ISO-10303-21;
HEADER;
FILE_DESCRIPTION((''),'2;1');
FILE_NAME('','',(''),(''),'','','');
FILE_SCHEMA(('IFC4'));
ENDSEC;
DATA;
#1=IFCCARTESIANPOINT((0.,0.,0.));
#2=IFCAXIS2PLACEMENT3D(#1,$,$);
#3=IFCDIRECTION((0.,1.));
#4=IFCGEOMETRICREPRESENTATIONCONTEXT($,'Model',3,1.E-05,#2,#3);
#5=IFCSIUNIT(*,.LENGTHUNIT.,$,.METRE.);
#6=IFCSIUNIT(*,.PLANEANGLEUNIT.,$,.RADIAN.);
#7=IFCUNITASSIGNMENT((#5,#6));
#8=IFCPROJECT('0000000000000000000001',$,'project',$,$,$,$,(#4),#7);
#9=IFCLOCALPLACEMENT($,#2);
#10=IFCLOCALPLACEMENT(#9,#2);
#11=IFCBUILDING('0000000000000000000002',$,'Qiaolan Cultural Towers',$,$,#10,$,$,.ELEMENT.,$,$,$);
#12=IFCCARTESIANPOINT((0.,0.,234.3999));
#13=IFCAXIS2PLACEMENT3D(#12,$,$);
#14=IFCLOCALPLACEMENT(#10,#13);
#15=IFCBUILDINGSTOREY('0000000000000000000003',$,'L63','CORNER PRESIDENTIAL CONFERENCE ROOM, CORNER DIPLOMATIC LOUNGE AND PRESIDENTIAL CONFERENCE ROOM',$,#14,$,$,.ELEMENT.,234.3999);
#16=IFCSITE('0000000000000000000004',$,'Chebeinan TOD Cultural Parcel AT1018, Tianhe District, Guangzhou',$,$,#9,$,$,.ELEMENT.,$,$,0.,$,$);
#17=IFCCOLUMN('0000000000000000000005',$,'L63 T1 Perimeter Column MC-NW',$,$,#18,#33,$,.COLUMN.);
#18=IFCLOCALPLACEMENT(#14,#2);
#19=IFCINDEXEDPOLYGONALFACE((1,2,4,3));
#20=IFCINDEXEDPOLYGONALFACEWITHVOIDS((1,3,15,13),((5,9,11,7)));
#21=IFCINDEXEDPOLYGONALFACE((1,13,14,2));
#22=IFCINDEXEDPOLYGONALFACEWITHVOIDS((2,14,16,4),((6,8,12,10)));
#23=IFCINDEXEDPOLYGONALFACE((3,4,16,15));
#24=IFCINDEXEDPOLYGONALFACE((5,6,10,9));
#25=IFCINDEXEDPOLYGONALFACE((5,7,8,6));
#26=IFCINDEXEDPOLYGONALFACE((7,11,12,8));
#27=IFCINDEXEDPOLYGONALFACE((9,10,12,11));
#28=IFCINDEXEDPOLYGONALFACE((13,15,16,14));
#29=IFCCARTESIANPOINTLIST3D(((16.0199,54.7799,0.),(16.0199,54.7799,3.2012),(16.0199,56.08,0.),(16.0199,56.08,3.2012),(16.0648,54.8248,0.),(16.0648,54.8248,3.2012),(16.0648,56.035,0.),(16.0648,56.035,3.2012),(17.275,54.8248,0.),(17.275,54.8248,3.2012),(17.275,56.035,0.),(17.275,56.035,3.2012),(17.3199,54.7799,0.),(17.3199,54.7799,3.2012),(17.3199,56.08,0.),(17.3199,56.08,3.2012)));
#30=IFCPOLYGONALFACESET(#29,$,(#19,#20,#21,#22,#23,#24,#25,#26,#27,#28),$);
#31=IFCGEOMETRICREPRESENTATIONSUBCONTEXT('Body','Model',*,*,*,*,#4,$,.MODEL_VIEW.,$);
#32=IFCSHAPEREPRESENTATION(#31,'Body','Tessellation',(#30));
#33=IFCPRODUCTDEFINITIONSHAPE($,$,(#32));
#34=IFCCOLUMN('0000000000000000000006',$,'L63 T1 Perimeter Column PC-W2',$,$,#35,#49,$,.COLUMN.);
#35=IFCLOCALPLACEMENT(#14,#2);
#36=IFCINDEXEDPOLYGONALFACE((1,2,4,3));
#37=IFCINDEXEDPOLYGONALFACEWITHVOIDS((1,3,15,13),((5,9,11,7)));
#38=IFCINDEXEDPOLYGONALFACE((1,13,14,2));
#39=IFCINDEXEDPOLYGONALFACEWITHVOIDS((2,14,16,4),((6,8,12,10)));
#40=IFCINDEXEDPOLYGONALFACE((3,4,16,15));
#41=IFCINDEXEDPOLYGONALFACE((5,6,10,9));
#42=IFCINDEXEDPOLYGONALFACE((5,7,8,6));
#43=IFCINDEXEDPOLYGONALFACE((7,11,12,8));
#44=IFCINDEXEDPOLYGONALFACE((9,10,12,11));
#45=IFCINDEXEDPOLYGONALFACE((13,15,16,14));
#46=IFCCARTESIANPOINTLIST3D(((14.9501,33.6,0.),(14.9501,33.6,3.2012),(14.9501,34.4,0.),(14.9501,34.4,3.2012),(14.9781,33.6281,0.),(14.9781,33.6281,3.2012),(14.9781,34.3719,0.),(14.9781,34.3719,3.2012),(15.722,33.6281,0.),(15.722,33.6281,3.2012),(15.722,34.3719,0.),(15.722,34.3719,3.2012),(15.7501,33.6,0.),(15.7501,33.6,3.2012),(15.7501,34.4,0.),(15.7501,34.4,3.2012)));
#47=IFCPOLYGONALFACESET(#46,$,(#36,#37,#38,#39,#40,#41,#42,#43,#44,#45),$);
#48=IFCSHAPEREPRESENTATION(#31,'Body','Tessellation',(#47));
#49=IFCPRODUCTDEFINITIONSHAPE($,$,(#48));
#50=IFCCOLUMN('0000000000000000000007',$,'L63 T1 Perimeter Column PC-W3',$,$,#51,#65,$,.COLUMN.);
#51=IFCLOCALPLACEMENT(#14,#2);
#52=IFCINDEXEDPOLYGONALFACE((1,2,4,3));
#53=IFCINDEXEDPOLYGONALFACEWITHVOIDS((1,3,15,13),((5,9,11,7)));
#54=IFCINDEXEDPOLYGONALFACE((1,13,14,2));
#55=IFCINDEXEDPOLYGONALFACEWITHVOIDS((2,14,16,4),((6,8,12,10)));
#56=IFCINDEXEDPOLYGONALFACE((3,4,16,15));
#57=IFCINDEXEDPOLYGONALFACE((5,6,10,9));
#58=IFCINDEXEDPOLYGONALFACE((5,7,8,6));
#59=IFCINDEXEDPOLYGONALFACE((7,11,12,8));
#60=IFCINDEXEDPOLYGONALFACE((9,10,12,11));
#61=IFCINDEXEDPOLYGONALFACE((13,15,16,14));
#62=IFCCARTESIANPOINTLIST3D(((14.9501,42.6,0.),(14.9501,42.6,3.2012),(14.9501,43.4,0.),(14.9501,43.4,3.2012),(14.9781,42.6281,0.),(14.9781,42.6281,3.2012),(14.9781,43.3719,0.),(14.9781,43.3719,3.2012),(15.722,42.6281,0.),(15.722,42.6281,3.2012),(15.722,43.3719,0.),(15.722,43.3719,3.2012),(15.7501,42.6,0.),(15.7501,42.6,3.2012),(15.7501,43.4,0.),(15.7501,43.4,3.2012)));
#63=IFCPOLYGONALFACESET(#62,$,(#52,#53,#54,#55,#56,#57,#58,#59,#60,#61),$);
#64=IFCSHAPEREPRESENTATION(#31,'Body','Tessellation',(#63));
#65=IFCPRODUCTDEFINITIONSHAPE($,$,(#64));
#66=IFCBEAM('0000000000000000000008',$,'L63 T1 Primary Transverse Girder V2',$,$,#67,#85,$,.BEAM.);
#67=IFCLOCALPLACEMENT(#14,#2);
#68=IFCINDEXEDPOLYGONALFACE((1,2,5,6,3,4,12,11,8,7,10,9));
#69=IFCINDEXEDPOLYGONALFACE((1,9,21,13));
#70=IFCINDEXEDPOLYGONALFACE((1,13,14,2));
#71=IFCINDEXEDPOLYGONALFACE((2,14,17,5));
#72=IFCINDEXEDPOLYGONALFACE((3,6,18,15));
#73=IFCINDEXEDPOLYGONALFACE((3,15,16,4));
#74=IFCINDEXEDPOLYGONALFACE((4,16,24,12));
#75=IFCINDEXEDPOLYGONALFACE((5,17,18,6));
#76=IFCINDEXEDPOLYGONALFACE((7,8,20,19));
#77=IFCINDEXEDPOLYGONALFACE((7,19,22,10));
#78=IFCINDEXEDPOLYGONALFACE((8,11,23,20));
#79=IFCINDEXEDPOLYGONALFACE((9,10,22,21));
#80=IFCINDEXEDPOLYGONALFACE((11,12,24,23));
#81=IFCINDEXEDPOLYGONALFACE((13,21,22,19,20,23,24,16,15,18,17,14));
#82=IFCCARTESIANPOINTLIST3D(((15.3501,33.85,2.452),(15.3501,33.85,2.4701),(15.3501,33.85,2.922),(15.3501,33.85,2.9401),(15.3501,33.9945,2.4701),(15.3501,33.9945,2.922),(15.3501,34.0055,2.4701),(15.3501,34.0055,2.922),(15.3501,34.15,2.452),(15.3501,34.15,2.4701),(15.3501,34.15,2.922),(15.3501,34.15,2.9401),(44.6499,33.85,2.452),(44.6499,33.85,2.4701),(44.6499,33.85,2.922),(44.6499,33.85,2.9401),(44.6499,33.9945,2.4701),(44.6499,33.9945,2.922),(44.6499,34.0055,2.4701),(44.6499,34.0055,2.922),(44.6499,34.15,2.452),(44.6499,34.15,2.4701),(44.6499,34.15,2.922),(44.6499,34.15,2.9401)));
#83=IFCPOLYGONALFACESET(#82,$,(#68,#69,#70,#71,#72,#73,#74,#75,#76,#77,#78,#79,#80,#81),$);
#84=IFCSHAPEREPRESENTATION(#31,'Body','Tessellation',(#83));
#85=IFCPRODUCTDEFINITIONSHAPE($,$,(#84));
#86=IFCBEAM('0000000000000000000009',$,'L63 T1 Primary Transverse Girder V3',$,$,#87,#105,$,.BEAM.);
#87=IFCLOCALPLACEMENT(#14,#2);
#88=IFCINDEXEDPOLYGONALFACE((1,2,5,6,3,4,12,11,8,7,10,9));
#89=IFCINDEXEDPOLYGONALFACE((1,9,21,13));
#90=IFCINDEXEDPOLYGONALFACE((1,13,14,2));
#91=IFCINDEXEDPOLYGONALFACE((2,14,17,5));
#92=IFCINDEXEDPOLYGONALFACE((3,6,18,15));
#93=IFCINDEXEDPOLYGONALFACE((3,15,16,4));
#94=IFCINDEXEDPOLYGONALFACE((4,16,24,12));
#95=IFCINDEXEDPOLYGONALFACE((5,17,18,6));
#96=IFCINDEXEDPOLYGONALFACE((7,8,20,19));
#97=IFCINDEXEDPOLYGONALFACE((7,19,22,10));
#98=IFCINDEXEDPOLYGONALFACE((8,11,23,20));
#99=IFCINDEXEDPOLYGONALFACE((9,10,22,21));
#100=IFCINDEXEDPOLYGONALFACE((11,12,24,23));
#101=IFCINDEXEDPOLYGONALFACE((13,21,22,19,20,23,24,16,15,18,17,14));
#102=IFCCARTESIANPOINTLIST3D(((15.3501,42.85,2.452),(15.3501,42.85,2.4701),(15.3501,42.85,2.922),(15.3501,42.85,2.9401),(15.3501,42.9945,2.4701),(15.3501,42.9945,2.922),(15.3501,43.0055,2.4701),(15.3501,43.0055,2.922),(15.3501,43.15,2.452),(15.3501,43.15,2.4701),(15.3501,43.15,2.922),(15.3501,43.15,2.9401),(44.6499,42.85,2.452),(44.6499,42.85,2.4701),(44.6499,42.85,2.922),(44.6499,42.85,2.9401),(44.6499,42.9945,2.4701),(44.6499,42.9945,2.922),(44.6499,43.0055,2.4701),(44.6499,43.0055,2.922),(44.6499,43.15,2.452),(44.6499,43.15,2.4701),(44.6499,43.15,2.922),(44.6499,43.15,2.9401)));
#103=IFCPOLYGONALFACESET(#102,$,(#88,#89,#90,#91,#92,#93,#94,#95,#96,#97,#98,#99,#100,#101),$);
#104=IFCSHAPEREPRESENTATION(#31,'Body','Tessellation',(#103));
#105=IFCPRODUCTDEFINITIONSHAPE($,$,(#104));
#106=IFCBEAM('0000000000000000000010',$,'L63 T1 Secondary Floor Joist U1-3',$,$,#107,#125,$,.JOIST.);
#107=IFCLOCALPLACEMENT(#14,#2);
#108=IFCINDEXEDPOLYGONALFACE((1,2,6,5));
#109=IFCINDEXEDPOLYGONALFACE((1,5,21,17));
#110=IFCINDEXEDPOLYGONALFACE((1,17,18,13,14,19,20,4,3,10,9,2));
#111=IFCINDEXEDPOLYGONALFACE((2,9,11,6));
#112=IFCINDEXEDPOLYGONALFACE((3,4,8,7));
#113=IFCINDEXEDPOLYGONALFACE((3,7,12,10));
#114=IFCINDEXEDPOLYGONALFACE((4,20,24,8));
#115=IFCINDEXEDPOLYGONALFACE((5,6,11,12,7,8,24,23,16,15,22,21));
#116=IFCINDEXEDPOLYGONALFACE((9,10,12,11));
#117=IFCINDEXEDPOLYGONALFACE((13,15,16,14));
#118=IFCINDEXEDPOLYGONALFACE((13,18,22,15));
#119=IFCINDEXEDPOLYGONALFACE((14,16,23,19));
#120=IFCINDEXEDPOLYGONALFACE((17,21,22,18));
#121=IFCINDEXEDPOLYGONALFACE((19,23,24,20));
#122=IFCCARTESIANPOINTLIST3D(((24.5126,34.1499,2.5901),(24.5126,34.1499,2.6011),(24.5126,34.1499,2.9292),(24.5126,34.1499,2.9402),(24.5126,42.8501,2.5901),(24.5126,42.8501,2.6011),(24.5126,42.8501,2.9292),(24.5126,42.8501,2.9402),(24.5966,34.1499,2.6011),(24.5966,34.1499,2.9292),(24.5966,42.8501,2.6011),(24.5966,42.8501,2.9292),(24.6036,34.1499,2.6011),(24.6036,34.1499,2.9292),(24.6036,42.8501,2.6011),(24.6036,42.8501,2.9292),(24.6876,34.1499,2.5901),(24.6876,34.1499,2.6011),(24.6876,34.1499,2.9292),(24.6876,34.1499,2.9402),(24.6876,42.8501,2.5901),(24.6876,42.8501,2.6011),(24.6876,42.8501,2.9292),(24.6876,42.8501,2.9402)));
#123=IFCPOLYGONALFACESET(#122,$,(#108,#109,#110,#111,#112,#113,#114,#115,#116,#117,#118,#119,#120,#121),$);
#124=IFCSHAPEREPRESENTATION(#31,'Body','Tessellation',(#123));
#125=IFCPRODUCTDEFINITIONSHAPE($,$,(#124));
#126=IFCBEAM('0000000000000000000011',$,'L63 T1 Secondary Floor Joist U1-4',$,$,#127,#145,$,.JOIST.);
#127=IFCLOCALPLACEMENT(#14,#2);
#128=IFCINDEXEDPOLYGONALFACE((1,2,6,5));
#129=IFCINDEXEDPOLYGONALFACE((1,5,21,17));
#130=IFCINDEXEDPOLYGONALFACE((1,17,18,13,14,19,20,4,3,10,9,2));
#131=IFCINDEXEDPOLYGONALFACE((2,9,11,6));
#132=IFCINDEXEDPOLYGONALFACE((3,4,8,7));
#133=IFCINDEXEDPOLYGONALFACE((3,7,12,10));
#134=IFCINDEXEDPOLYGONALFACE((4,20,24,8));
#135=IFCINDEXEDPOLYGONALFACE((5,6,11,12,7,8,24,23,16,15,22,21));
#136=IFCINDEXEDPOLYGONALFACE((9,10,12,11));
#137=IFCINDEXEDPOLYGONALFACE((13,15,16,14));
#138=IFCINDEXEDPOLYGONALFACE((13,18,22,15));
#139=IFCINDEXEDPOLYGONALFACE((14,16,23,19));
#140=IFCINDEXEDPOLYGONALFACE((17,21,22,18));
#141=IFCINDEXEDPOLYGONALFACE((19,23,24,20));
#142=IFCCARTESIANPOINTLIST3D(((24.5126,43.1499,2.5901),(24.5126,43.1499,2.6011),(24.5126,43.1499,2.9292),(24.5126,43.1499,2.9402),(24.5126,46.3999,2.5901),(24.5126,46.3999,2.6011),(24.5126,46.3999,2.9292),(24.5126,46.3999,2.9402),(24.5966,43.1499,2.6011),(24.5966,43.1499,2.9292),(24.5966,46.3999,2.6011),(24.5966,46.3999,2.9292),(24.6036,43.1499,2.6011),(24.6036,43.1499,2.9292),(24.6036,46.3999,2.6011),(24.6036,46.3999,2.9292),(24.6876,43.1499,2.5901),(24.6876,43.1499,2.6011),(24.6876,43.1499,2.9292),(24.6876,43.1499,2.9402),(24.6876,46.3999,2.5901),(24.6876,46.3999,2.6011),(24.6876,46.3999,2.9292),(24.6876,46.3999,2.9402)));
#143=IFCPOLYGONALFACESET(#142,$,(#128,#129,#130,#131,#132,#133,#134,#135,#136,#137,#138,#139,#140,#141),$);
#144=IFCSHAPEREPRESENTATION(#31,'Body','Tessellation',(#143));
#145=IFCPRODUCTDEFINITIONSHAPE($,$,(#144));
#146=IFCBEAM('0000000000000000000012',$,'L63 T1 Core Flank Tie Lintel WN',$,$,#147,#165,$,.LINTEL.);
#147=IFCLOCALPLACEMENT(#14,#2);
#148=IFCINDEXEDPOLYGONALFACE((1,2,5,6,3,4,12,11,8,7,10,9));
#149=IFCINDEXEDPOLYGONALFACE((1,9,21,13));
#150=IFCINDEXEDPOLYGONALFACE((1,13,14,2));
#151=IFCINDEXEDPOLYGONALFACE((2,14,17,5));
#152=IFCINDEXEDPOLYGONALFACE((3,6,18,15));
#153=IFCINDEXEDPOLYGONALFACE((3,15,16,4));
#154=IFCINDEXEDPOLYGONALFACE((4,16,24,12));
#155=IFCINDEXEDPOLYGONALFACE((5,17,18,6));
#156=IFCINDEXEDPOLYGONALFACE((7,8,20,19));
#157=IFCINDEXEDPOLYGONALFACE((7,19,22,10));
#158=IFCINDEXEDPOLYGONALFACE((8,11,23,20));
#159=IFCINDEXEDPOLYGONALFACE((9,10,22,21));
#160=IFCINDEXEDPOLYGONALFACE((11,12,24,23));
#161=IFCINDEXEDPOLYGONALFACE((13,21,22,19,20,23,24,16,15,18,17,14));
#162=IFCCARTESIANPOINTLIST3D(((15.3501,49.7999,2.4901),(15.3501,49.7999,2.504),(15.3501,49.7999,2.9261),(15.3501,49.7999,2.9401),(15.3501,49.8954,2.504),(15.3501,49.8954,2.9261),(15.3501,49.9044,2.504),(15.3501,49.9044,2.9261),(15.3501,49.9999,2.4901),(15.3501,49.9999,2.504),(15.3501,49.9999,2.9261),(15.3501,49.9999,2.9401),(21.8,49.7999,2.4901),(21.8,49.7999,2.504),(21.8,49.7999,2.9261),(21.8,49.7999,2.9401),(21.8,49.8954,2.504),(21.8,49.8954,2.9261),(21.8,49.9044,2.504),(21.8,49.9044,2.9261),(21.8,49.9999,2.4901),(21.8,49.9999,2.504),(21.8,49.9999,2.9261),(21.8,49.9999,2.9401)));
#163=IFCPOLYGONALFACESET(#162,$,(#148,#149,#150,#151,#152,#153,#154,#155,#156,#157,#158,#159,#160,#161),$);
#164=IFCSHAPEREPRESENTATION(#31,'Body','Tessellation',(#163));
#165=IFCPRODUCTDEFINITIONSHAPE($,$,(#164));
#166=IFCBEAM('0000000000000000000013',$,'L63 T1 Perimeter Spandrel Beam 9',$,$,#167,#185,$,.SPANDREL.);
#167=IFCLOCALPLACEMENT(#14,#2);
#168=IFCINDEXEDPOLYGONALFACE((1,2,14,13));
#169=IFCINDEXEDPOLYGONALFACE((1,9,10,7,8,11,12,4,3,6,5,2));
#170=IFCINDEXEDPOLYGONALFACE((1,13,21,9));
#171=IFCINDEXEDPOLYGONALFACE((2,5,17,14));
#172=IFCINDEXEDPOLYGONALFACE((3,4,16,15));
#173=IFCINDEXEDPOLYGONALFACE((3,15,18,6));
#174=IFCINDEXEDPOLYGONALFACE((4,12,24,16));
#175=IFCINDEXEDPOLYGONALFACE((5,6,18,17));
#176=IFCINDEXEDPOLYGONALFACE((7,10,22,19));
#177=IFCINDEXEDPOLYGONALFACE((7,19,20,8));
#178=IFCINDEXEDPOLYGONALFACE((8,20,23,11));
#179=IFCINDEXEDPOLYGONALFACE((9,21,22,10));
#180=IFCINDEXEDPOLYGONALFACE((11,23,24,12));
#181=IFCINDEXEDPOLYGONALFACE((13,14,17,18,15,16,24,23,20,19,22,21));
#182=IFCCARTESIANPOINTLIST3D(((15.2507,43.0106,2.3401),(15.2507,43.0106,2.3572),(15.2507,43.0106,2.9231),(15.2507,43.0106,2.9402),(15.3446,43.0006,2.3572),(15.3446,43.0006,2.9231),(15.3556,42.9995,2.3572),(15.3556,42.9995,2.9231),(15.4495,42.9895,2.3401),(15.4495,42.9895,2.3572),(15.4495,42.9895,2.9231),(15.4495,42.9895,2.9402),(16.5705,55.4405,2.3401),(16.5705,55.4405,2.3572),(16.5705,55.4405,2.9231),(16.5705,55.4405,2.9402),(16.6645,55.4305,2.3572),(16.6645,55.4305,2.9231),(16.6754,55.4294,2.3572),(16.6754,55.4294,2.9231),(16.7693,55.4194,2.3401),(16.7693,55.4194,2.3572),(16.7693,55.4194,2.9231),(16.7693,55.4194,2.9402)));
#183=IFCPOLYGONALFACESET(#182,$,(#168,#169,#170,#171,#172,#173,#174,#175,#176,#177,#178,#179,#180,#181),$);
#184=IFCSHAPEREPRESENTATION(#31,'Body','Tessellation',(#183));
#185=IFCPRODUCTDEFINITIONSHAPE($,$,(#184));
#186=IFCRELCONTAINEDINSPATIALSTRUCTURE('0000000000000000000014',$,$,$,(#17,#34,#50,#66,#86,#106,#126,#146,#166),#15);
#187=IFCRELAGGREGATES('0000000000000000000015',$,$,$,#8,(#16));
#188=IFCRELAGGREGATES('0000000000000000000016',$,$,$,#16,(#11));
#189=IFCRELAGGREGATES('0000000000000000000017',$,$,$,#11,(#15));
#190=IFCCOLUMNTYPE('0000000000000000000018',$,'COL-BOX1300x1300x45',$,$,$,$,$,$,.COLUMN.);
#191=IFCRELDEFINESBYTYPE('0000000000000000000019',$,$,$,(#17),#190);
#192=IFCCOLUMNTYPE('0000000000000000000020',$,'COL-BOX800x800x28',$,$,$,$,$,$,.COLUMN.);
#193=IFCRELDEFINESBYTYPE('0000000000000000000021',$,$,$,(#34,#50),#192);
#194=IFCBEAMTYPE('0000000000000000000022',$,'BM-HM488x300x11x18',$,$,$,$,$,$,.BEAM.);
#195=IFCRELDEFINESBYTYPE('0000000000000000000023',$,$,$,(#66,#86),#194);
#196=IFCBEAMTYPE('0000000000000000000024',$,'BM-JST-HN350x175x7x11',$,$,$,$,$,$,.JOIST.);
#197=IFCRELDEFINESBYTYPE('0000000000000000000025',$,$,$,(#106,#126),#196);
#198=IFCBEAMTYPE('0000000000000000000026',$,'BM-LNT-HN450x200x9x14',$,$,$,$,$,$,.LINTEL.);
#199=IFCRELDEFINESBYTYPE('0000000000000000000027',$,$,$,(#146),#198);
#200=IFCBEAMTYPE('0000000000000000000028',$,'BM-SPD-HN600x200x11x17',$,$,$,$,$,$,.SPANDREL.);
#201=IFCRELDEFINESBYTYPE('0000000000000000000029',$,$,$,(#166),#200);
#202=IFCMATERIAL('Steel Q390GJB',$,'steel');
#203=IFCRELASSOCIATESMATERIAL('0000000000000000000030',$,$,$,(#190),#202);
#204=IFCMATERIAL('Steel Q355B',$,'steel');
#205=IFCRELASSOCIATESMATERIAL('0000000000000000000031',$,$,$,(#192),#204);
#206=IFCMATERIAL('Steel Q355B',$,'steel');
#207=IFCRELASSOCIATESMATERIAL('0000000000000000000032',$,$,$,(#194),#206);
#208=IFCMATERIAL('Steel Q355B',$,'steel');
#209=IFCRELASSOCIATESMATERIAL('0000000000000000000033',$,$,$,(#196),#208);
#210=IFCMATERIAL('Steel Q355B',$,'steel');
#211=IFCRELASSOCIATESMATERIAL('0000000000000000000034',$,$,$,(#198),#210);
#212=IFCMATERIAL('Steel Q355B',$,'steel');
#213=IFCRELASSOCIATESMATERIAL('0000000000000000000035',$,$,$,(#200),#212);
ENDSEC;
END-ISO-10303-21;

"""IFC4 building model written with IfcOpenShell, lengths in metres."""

from ifc_helpers import new_model, si_unit, direction, frame, origin, origin_2d, place, context, subcontext, project, spatial, hollow_rectangle, i_section, extrude, material, material_profile, profile_set, type_object, element, save


model = new_model("IFC4")

# Units and contexts
model_context = context("Model", 3, precision=1e-05, world=origin(), true_north=direction((0.0, 1.0)))
body_context = subcontext(model_context, "Body", "Model", "MODEL_VIEW")
ifc_project = project(units=[si_unit("LENGTHUNIT", "METRE"), si_unit("PLANEANGLEUNIT", "RADIAN")], contexts=[model_context])

# Site, building, storey
site_placement = place(None, origin())
site = spatial("IfcSite", under=ifc_project, at=site_placement, Name="Chebeinan TOD Cultural Parcel AT1018, Tianhe District, Guangzhou", CompositionType="ELEMENT", RefElevation=0.0)
building_placement = place(site_placement, origin())
building = spatial("IfcBuilding", under=site, at=building_placement, Name="Qiaolan Cultural Towers", CompositionType="ELEMENT")
storey_placement = place(building_placement, frame((0.0, 0.0, 234.3999)))
storey = spatial("IfcBuildingStorey", under=building, at=storey_placement, Name="L63", Description="CORNER PRESIDENTIAL CONFERENCE ROOM, CORNER DIPLOMATIC LOUNGE AND PRESIDENTIAL CONFERENCE ROOM", CompositionType="ELEMENT", Elevation=234.3999)

# Columns
ifc_material_1 = material(Name="Steel Q390GJB", Category="steel")
ifc_material_profile_1 = material_profile(ifc_material_1, hollow_rectangle(XDim=1.3, YDim=1.3, WallThickness=0.0449, at=origin_2d()), Name="BOX1300x1300x45")
ifc_profile_set_1 = profile_set([ifc_material_profile_1], Name="Steel Q390GJB")
column_type_1 = type_object("IfcColumnType", Name="COL-BOX1300x1300x45", PredefinedType="COLUMN", material=ifc_profile_set_1)
column_placement = place(storey_placement, frame((16.6699, 55.4299, 0.0), z_axis=(0.0, 0.0, 1.0), x_axis=(1.0, 0.0, 0.0)))
element("IfcColumn", 1, at=column_placement, inside=storey, type_object=column_type_1, Name="L63 T1 Perimeter Column MC-NW", PredefinedType="COLUMN", context=body_context, shape_type="SweptSolid", body=[
    extrude(hollow_rectangle(XDim=1.3, YDim=1.3, WallThickness=0.0449, at=origin_2d()), origin(), (0.0, 0.0, 1.0), 3.2012),
])
ifc_material_2 = material(Name="Steel Q355B", Category="steel")
ifc_material_profile_2 = material_profile(ifc_material_2, hollow_rectangle(XDim=0.8, YDim=0.8, WallThickness=0.0281, at=origin_2d()), Name="BOX800x800x28")
ifc_profile_set_2 = profile_set([ifc_material_profile_2], Name="Steel Q355B")
column_type_2 = type_object("IfcColumnType", Name="COL-BOX800x800x28", PredefinedType="COLUMN", material=ifc_profile_set_2)
for number, where, z_axis, x_axis, name in (
    (2, (15.3501, 34.0, 0.0), (0.0, 0.0, 1.0), (1.0, 0.0, 0.0), "L63 T1 Perimeter Column PC-W2"),
    (3, (15.3501, 43.0, 0.0), (0.0, 0.0, 1.0), (1.0, 0.0, 0.0), "L63 T1 Perimeter Column PC-W3"),
):
    element("IfcColumn", number, at=place(storey_placement, frame(where, z_axis=z_axis, x_axis=x_axis)), inside=storey, type_object=column_type_2, Name=name, PredefinedType="COLUMN", context=body_context, shape_type="SweptSolid", body=[
        extrude(hollow_rectangle(XDim=0.8, YDim=0.8, WallThickness=0.0281, at=origin_2d()), origin(), (0.0, 0.0, 1.0), 3.2012),
    ])

# Beams
ifc_material_3 = material(Name="Steel Q355B", Category="steel")
ifc_material_profile_3 = material_profile(ifc_material_3, i_section(OverallWidth=0.3, OverallDepth=0.488, WebThickness=0.011, FlangeThickness=0.0181, at=origin_2d()), Name="HM488x300x11x18")
ifc_profile_set_3 = profile_set([ifc_material_profile_3], Name="Steel Q355B")
beam_type_1 = type_object("IfcBeamType", Name="BM-HM488x300x11x18", PredefinedType="BEAM", material=ifc_profile_set_3)
for number, where, z_axis, x_axis, name in (
    (4, (15.3501, 34.0, 2.696), (1.0, 0.0, 0.0), (0.0, 1.0, 0.0), "L63 T1 Primary Transverse Girder V2"),
    (5, (15.3501, 43.0, 2.696), (1.0, 0.0, 0.0), (0.0, 1.0, 0.0), "L63 T1 Primary Transverse Girder V3"),
):
    element("IfcBeam", number, at=place(storey_placement, frame(where, z_axis=z_axis, x_axis=x_axis)), inside=storey, type_object=beam_type_1, Name=name, PredefinedType="BEAM", context=body_context, shape_type="SweptSolid", body=[
        extrude(i_section(OverallWidth=0.3, OverallDepth=0.488, WebThickness=0.011, FlangeThickness=0.0181, at=origin_2d()), origin(), (0.0, 0.0, 1.0), 29.2998),
    ])
ifc_material_4 = material(Name="Steel Q355B", Category="steel")
ifc_material_profile_4 = material_profile(ifc_material_4, i_section(OverallWidth=0.175, OverallDepth=0.3501, WebThickness=0.0071, FlangeThickness=0.011, at=origin_2d()), Name="HN350x175x7x11")
ifc_profile_set_4 = profile_set([ifc_material_profile_4], Name="Steel Q355B")
beam_type_2 = type_object("IfcBeamType", Name="BM-JST-HN350x175x7x11", PredefinedType="JOIST", material=ifc_profile_set_4)
beam_1_placement = place(storey_placement, frame((24.6001, 34.1499, 2.7651), z_axis=(0.0, 1.0, 0.0), x_axis=(-1.0, 0.0, 0.0)))
element("IfcBeam", 6, at=beam_1_placement, inside=storey, type_object=beam_type_2, Name="L63 T1 Secondary Floor Joist U1-3", PredefinedType="JOIST", context=body_context, shape_type="SweptSolid", body=[
    extrude(i_section(OverallWidth=0.175, OverallDepth=0.3501, WebThickness=0.0071, FlangeThickness=0.011, at=origin_2d()), origin(), (0.0, 0.0, 1.0), 8.7002),
])
beam_2_placement = place(storey_placement, frame((24.6001, 43.1499, 2.7651), z_axis=(0.0, 1.0, 0.0), x_axis=(-1.0, 0.0, 0.0)))
element("IfcBeam", 7, at=beam_2_placement, inside=storey, type_object=beam_type_2, Name="L63 T1 Secondary Floor Joist U1-4", PredefinedType="JOIST", context=body_context, shape_type="SweptSolid", body=[
    extrude(i_section(OverallWidth=0.175, OverallDepth=0.3501, WebThickness=0.0071, FlangeThickness=0.011, at=origin_2d()), origin(), (0.0, 0.0, 1.0), 3.25),
])
ifc_material_5 = material(Name="Steel Q355B", Category="steel")
ifc_material_profile_5 = material_profile(ifc_material_5, i_section(OverallWidth=0.2, OverallDepth=0.45, WebThickness=0.009, FlangeThickness=0.0139, at=origin_2d()), Name="HN450x200x9x14")
ifc_profile_set_5 = profile_set([ifc_material_profile_5], Name="Steel Q355B")
beam_type_3 = type_object("IfcBeamType", Name="BM-LNT-HN450x200x9x14", PredefinedType="LINTEL", material=ifc_profile_set_5)
beam_3_placement = place(storey_placement, frame((21.8, 49.8999, 2.7151), z_axis=(-1.0, 0.0, 0.0), x_axis=(0.0, -1.0, 0.0)))
element("IfcBeam", 8, at=beam_3_placement, inside=storey, type_object=beam_type_3, Name="L63 T1 Core Flank Tie Lintel WN", PredefinedType="LINTEL", context=body_context, shape_type="SweptSolid", body=[
    extrude(i_section(OverallWidth=0.2, OverallDepth=0.45, WebThickness=0.009, FlangeThickness=0.0139, at=origin_2d()), origin(), (0.0, 0.0, 1.0), 6.45),
])
ifc_material_6 = material(Name="Steel Q355B", Category="steel")
ifc_material_profile_6 = material_profile(ifc_material_6, i_section(OverallWidth=0.2, OverallDepth=0.6001, WebThickness=0.011, FlangeThickness=0.0171, at=origin_2d()), Name="HN600x200x11x17")
ifc_profile_set_6 = profile_set([ifc_material_profile_6], Name="Steel Q355B")
beam_type_4 = type_object("IfcBeamType", Name="BM-SPD-HN600x200x11x17", PredefinedType="SPANDREL", material=ifc_profile_set_6)
beam_4_placement = place(storey_placement, frame((16.6699, 55.4299, 2.6401), z_axis=(-0.105588, -0.99441, 0.0), x_axis=(0.99441, -0.105588, 0.0)))
element("IfcBeam", 9, at=beam_4_placement, inside=storey, type_object=beam_type_4, Name="L63 T1 Perimeter Spandrel Beam 9", PredefinedType="SPANDREL", context=body_context, shape_type="SweptSolid", body=[
    extrude(i_section(OverallWidth=0.2, OverallDepth=0.6001, WebThickness=0.011, FlangeThickness=0.0171, at=origin_2d()), origin(), (0.0, 0.0, 1.0), 12.4998),
])

save(model, "model.ifc")
